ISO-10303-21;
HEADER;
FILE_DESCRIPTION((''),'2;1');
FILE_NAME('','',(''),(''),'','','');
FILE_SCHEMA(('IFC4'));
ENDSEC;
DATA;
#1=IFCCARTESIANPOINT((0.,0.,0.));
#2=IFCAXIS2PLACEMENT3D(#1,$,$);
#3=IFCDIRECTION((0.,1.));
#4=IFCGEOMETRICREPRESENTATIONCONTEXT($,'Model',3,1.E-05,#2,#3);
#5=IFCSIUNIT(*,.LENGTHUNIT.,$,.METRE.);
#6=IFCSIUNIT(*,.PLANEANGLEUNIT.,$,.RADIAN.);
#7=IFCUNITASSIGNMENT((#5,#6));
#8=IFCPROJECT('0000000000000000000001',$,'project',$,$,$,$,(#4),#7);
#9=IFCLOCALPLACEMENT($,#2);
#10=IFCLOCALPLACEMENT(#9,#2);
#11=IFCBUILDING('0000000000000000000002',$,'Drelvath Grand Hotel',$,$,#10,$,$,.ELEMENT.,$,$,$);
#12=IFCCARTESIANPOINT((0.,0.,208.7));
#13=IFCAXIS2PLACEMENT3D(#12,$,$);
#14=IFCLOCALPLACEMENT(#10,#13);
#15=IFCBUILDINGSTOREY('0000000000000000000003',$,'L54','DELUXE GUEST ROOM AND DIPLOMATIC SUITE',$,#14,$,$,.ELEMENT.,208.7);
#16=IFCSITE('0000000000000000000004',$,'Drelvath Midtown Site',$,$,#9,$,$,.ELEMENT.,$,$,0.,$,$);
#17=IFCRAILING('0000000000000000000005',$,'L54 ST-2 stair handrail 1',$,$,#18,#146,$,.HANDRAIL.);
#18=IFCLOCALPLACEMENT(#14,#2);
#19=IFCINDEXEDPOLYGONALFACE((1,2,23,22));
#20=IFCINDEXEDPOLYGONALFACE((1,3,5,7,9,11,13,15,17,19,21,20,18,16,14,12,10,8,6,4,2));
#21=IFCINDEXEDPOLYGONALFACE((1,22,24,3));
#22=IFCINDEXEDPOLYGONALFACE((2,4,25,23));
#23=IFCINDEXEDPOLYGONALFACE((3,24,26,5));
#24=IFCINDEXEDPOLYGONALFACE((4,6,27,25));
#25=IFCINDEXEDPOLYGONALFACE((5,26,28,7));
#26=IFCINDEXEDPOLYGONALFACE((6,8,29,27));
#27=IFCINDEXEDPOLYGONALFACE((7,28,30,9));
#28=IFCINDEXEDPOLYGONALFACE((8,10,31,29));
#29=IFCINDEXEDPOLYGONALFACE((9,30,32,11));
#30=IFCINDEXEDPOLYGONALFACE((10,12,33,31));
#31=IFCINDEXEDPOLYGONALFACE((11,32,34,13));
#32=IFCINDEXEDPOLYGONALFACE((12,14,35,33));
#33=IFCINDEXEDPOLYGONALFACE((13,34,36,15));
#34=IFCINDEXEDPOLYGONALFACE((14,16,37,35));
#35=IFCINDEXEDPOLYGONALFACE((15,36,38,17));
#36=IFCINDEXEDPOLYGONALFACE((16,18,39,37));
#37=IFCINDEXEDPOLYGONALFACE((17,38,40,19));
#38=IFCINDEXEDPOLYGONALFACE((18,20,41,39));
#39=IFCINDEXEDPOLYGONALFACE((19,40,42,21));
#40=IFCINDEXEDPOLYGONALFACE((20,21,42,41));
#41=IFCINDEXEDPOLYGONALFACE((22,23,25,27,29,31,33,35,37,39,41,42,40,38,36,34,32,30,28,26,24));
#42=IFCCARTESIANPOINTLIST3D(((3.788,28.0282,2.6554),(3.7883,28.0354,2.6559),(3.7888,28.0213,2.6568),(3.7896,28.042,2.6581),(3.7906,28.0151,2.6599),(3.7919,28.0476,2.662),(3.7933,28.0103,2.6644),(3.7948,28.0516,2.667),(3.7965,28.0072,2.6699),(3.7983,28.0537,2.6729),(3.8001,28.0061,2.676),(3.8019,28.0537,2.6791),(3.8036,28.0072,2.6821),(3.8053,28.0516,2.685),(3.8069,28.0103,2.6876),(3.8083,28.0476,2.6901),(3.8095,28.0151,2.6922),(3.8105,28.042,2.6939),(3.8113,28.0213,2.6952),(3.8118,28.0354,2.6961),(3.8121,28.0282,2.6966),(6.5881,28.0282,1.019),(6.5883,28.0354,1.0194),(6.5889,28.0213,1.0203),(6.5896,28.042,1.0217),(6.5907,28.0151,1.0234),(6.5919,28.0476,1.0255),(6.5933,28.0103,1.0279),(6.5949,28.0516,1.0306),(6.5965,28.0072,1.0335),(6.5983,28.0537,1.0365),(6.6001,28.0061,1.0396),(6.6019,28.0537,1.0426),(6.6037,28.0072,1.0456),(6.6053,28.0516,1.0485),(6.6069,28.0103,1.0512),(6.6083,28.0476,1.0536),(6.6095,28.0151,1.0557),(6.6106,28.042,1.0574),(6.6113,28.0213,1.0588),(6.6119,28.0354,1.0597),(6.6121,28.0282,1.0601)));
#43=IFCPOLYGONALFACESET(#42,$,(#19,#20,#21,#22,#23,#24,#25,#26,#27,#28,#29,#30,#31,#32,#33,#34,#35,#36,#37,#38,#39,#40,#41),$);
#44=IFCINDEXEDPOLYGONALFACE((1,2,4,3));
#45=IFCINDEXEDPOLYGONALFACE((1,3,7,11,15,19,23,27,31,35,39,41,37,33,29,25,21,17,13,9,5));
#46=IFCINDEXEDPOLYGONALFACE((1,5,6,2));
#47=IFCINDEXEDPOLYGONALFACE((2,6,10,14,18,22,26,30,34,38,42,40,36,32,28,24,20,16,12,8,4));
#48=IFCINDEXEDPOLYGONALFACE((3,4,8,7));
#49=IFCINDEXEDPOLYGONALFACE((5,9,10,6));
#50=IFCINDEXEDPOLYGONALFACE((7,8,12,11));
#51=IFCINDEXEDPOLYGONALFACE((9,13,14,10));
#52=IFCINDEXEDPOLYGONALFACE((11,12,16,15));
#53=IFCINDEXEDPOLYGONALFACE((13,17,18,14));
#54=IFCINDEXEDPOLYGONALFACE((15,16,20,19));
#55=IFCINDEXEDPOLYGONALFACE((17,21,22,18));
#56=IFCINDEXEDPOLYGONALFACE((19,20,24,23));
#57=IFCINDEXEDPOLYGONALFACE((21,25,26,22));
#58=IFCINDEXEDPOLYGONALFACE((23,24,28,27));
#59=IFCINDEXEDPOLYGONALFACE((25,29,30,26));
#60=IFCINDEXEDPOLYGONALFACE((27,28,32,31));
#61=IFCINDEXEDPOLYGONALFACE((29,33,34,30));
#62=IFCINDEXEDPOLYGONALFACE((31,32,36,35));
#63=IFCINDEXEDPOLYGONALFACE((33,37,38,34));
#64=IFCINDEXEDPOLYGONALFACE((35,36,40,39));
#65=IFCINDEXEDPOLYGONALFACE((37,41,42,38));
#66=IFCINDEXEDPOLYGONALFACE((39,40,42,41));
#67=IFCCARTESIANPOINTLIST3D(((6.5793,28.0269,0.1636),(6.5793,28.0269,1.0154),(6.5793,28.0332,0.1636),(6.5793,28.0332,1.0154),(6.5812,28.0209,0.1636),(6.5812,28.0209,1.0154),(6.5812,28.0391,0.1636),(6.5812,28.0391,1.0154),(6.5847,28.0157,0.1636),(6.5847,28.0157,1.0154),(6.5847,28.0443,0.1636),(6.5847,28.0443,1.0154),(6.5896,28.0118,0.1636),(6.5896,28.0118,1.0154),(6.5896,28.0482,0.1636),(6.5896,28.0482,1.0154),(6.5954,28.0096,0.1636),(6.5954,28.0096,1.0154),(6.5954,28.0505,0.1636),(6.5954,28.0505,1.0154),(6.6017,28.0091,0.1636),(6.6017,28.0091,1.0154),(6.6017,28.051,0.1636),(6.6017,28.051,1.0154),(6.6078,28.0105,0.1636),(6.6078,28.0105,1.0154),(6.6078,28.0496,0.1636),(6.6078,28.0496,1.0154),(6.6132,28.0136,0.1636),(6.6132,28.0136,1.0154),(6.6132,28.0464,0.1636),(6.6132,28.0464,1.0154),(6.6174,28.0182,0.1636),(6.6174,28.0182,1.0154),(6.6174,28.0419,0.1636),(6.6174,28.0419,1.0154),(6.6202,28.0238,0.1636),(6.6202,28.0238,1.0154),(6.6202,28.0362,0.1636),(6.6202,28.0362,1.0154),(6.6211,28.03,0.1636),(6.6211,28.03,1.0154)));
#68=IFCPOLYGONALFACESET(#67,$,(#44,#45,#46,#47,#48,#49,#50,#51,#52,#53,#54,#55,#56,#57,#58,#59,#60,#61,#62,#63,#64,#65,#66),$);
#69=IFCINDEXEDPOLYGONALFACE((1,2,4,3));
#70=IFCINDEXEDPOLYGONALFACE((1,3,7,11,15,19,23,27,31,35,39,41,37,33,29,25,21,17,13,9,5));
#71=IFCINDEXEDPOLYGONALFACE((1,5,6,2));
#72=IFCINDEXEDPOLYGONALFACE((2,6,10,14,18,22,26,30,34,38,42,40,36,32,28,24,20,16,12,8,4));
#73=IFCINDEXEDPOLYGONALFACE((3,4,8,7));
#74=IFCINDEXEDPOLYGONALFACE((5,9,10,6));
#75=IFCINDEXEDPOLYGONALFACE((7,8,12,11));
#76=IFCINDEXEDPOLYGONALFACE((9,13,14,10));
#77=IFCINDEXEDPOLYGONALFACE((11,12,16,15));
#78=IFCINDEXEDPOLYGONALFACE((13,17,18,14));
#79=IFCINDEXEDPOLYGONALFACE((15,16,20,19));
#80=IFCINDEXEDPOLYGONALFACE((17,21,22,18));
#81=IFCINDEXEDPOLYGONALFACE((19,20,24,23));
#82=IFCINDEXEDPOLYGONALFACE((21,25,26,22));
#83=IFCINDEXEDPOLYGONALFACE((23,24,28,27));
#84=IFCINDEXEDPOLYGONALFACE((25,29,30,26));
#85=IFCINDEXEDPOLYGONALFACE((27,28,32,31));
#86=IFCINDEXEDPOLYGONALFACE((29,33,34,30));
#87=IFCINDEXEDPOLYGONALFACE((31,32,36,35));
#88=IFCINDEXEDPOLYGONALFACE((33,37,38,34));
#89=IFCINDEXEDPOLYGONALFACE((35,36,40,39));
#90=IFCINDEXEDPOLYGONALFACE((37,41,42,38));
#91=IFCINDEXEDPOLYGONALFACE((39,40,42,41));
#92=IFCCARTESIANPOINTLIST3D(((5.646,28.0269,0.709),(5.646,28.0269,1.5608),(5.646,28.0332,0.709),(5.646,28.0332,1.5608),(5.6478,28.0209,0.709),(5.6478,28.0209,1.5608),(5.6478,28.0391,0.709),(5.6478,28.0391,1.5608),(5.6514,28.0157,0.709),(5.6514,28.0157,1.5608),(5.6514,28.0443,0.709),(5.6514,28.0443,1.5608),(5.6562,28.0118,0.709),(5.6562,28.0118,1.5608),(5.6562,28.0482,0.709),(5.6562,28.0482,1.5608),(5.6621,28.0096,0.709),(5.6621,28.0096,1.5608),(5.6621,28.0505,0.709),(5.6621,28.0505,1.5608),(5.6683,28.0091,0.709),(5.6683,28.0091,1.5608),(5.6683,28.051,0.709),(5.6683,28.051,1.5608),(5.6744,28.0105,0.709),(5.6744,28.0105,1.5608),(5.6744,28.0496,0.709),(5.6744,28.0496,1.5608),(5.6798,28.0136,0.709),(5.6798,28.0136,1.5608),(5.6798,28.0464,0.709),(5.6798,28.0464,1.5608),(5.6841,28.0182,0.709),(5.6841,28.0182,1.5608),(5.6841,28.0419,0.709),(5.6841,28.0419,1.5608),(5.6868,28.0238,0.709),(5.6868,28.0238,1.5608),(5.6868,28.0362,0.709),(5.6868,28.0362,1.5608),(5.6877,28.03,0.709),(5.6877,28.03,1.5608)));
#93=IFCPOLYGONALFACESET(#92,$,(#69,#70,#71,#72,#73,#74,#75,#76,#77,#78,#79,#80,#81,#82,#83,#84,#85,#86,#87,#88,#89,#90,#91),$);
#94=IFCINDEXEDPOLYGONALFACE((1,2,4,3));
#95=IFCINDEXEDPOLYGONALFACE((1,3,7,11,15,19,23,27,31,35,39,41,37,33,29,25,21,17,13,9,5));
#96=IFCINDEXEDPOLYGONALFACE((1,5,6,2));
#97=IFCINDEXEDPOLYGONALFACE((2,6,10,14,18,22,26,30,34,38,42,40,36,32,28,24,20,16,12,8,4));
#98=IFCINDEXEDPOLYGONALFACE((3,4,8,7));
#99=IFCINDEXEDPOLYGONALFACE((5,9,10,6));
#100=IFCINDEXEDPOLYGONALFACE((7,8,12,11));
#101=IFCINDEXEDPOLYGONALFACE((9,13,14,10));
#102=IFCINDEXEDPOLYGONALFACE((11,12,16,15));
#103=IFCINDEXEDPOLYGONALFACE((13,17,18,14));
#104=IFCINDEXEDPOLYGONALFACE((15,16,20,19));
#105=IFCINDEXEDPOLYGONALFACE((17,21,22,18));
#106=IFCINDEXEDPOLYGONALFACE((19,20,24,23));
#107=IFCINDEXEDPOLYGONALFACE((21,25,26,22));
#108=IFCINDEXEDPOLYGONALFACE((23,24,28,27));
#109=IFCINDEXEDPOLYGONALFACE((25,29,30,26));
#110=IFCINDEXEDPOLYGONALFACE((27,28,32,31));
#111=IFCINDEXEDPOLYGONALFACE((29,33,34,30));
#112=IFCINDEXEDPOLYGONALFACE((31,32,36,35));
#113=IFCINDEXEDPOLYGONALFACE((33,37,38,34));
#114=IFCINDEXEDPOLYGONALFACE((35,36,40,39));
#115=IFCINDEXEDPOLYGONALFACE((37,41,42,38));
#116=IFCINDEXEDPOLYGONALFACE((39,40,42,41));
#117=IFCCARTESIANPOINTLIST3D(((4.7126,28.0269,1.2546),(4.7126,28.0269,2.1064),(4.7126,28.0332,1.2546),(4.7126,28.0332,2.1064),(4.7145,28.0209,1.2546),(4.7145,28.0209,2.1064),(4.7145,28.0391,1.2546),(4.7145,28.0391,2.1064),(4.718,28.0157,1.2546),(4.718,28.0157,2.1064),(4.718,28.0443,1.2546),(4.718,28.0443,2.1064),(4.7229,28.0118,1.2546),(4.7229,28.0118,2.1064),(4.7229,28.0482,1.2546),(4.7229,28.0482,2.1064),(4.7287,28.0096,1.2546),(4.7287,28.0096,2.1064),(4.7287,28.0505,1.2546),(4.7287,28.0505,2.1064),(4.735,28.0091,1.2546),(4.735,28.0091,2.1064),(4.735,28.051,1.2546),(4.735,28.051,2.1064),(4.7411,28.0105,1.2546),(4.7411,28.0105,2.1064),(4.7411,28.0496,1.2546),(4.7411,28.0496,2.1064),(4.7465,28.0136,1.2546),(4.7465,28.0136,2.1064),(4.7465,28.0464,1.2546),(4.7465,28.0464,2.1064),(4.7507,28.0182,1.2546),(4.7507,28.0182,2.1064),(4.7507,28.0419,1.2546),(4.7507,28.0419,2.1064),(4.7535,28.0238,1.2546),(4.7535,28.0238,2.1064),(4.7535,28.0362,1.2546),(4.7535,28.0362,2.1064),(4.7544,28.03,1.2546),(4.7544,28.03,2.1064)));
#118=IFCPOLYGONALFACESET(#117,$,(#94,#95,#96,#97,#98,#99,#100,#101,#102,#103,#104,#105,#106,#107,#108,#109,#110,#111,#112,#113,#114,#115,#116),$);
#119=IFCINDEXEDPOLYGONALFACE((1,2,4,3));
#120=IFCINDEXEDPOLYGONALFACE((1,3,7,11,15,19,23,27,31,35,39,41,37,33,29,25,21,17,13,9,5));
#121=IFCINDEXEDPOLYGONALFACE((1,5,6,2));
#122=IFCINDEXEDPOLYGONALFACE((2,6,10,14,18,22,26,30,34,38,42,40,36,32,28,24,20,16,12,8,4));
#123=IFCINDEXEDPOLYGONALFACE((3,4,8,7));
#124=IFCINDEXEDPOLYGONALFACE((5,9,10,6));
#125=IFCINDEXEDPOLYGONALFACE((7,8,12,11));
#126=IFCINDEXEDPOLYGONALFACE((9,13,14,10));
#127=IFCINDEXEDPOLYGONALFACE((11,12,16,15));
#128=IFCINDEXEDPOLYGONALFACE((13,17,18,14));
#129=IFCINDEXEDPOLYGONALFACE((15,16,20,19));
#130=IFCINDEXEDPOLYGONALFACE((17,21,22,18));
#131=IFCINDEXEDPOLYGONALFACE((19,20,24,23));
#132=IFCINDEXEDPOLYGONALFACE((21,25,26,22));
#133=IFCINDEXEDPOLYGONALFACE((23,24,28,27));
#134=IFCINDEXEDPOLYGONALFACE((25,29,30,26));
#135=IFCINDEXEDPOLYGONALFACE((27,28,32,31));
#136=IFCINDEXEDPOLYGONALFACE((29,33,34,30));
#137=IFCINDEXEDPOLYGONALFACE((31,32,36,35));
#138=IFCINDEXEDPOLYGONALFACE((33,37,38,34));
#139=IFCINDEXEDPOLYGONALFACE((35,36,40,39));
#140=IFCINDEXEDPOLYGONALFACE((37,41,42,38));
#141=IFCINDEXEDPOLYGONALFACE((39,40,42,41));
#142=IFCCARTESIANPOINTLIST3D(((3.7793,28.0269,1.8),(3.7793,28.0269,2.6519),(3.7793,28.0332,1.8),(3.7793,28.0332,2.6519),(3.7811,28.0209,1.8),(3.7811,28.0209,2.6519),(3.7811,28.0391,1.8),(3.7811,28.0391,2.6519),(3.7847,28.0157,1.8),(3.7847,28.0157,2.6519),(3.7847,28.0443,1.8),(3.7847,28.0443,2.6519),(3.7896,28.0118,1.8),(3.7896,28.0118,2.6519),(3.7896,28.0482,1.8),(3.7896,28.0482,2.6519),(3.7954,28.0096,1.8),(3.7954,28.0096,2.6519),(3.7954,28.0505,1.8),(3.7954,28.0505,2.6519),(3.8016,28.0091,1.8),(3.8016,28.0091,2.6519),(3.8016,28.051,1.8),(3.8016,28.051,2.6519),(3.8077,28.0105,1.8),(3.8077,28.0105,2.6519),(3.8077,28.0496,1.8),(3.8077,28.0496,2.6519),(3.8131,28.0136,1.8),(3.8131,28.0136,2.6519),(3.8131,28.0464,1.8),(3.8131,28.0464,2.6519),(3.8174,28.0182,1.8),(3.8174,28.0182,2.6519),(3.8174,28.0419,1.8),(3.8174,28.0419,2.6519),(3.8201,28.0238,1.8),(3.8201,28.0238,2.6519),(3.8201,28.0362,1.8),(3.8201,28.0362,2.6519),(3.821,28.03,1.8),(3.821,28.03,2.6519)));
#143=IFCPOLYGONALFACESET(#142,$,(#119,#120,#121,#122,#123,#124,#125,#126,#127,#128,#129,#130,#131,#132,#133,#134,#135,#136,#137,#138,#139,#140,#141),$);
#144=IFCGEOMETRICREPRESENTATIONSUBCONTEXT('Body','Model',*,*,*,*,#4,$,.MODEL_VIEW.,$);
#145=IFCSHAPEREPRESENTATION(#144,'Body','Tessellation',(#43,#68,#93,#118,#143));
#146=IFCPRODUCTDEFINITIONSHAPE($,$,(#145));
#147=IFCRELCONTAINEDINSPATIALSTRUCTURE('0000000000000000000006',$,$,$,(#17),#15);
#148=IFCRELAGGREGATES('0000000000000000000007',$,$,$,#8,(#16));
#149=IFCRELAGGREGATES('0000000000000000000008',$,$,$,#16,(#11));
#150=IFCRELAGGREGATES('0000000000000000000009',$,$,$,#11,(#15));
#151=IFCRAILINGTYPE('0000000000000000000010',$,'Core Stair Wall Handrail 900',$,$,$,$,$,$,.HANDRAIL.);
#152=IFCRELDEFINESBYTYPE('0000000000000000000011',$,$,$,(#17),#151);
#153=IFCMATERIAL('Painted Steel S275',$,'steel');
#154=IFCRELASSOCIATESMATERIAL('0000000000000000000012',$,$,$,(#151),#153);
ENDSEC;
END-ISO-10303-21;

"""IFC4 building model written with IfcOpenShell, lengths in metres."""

from ifc_helpers import new_model, si_unit, direction, frame, origin, origin_2d, place, context, subcontext, project, spatial, circle, extrude, material, type_object, element, save


model = new_model("IFC4")

# Units and contexts
model_context = context("Model", 3, precision=1e-05, world=origin(), true_north=direction((0.0, 1.0)))
body_context = subcontext(model_context, "Body", "Model", "MODEL_VIEW")
ifc_project = project(units=[si_unit("LENGTHUNIT", "METRE"), si_unit("PLANEANGLEUNIT", "RADIAN")], contexts=[model_context])

# Site, building, storey
site_placement = place(None, origin())
site = spatial("IfcSite", under=ifc_project, at=site_placement, Name="Drelvath Midtown Site", CompositionType="ELEMENT", RefElevation=0.0)
building_placement = place(site_placement, origin())
building = spatial("IfcBuilding", under=site, at=building_placement, Name="Drelvath Grand Hotel", CompositionType="ELEMENT")
storey_placement = place(building_placement, frame((0.0, 0.0, 208.7)))
storey = spatial("IfcBuildingStorey", under=building, at=storey_placement, Name="L54", Description="DELUXE GUEST ROOM AND DIPLOMATIC SUITE", CompositionType="ELEMENT", Elevation=208.7)

# Shared definitions
ifc_material_1 = material(Name="Painted Steel S275", Category="steel")

# Railing
railing_type_1 = type_object("IfcRailingType", Name="Core Stair Wall Handrail 900", PredefinedType="HANDRAIL", material=ifc_material_1)
railing_1_placement = place(storey_placement, frame((6.6001, 28.03, 0.1636)))
element("IfcRailing", 1, at=railing_1_placement, inside=storey, type_object=railing_type_1, Name="L54 ST-2 stair handrail 1", PredefinedType="HANDRAIL", context=body_context, shape_type="SweptSolid", body=[
    extrude(circle(Radius=0.0239, at=origin_2d()), frame((0.0, 0.0, 0.876), z_axis=(-0.863361, 0.0, 0.504587), x_axis=(0.0, -1.0, 0.0)), (0.0, 0.0, 1.0), 3.2432),
    extrude(circle(Radius=0.021, at=origin_2d()), origin(), (0.0, 0.0, 1.0), 0.8518),
    extrude(circle(Radius=0.021, at=origin_2d()), frame((-0.9333, 0.0, 0.5454)), (0.0, 0.0, 1.0), 0.8518),
    extrude(circle(Radius=0.021, at=origin_2d()), frame((-1.8667, 0.0, 1.0911)), (0.0, 0.0, 1.0), 0.8518),
    extrude(circle(Radius=0.021, at=origin_2d()), frame((-2.8, 0.0, 1.6365)), (0.0, 0.0, 1.0), 0.8518),
])

save(model, "model.ifc")
